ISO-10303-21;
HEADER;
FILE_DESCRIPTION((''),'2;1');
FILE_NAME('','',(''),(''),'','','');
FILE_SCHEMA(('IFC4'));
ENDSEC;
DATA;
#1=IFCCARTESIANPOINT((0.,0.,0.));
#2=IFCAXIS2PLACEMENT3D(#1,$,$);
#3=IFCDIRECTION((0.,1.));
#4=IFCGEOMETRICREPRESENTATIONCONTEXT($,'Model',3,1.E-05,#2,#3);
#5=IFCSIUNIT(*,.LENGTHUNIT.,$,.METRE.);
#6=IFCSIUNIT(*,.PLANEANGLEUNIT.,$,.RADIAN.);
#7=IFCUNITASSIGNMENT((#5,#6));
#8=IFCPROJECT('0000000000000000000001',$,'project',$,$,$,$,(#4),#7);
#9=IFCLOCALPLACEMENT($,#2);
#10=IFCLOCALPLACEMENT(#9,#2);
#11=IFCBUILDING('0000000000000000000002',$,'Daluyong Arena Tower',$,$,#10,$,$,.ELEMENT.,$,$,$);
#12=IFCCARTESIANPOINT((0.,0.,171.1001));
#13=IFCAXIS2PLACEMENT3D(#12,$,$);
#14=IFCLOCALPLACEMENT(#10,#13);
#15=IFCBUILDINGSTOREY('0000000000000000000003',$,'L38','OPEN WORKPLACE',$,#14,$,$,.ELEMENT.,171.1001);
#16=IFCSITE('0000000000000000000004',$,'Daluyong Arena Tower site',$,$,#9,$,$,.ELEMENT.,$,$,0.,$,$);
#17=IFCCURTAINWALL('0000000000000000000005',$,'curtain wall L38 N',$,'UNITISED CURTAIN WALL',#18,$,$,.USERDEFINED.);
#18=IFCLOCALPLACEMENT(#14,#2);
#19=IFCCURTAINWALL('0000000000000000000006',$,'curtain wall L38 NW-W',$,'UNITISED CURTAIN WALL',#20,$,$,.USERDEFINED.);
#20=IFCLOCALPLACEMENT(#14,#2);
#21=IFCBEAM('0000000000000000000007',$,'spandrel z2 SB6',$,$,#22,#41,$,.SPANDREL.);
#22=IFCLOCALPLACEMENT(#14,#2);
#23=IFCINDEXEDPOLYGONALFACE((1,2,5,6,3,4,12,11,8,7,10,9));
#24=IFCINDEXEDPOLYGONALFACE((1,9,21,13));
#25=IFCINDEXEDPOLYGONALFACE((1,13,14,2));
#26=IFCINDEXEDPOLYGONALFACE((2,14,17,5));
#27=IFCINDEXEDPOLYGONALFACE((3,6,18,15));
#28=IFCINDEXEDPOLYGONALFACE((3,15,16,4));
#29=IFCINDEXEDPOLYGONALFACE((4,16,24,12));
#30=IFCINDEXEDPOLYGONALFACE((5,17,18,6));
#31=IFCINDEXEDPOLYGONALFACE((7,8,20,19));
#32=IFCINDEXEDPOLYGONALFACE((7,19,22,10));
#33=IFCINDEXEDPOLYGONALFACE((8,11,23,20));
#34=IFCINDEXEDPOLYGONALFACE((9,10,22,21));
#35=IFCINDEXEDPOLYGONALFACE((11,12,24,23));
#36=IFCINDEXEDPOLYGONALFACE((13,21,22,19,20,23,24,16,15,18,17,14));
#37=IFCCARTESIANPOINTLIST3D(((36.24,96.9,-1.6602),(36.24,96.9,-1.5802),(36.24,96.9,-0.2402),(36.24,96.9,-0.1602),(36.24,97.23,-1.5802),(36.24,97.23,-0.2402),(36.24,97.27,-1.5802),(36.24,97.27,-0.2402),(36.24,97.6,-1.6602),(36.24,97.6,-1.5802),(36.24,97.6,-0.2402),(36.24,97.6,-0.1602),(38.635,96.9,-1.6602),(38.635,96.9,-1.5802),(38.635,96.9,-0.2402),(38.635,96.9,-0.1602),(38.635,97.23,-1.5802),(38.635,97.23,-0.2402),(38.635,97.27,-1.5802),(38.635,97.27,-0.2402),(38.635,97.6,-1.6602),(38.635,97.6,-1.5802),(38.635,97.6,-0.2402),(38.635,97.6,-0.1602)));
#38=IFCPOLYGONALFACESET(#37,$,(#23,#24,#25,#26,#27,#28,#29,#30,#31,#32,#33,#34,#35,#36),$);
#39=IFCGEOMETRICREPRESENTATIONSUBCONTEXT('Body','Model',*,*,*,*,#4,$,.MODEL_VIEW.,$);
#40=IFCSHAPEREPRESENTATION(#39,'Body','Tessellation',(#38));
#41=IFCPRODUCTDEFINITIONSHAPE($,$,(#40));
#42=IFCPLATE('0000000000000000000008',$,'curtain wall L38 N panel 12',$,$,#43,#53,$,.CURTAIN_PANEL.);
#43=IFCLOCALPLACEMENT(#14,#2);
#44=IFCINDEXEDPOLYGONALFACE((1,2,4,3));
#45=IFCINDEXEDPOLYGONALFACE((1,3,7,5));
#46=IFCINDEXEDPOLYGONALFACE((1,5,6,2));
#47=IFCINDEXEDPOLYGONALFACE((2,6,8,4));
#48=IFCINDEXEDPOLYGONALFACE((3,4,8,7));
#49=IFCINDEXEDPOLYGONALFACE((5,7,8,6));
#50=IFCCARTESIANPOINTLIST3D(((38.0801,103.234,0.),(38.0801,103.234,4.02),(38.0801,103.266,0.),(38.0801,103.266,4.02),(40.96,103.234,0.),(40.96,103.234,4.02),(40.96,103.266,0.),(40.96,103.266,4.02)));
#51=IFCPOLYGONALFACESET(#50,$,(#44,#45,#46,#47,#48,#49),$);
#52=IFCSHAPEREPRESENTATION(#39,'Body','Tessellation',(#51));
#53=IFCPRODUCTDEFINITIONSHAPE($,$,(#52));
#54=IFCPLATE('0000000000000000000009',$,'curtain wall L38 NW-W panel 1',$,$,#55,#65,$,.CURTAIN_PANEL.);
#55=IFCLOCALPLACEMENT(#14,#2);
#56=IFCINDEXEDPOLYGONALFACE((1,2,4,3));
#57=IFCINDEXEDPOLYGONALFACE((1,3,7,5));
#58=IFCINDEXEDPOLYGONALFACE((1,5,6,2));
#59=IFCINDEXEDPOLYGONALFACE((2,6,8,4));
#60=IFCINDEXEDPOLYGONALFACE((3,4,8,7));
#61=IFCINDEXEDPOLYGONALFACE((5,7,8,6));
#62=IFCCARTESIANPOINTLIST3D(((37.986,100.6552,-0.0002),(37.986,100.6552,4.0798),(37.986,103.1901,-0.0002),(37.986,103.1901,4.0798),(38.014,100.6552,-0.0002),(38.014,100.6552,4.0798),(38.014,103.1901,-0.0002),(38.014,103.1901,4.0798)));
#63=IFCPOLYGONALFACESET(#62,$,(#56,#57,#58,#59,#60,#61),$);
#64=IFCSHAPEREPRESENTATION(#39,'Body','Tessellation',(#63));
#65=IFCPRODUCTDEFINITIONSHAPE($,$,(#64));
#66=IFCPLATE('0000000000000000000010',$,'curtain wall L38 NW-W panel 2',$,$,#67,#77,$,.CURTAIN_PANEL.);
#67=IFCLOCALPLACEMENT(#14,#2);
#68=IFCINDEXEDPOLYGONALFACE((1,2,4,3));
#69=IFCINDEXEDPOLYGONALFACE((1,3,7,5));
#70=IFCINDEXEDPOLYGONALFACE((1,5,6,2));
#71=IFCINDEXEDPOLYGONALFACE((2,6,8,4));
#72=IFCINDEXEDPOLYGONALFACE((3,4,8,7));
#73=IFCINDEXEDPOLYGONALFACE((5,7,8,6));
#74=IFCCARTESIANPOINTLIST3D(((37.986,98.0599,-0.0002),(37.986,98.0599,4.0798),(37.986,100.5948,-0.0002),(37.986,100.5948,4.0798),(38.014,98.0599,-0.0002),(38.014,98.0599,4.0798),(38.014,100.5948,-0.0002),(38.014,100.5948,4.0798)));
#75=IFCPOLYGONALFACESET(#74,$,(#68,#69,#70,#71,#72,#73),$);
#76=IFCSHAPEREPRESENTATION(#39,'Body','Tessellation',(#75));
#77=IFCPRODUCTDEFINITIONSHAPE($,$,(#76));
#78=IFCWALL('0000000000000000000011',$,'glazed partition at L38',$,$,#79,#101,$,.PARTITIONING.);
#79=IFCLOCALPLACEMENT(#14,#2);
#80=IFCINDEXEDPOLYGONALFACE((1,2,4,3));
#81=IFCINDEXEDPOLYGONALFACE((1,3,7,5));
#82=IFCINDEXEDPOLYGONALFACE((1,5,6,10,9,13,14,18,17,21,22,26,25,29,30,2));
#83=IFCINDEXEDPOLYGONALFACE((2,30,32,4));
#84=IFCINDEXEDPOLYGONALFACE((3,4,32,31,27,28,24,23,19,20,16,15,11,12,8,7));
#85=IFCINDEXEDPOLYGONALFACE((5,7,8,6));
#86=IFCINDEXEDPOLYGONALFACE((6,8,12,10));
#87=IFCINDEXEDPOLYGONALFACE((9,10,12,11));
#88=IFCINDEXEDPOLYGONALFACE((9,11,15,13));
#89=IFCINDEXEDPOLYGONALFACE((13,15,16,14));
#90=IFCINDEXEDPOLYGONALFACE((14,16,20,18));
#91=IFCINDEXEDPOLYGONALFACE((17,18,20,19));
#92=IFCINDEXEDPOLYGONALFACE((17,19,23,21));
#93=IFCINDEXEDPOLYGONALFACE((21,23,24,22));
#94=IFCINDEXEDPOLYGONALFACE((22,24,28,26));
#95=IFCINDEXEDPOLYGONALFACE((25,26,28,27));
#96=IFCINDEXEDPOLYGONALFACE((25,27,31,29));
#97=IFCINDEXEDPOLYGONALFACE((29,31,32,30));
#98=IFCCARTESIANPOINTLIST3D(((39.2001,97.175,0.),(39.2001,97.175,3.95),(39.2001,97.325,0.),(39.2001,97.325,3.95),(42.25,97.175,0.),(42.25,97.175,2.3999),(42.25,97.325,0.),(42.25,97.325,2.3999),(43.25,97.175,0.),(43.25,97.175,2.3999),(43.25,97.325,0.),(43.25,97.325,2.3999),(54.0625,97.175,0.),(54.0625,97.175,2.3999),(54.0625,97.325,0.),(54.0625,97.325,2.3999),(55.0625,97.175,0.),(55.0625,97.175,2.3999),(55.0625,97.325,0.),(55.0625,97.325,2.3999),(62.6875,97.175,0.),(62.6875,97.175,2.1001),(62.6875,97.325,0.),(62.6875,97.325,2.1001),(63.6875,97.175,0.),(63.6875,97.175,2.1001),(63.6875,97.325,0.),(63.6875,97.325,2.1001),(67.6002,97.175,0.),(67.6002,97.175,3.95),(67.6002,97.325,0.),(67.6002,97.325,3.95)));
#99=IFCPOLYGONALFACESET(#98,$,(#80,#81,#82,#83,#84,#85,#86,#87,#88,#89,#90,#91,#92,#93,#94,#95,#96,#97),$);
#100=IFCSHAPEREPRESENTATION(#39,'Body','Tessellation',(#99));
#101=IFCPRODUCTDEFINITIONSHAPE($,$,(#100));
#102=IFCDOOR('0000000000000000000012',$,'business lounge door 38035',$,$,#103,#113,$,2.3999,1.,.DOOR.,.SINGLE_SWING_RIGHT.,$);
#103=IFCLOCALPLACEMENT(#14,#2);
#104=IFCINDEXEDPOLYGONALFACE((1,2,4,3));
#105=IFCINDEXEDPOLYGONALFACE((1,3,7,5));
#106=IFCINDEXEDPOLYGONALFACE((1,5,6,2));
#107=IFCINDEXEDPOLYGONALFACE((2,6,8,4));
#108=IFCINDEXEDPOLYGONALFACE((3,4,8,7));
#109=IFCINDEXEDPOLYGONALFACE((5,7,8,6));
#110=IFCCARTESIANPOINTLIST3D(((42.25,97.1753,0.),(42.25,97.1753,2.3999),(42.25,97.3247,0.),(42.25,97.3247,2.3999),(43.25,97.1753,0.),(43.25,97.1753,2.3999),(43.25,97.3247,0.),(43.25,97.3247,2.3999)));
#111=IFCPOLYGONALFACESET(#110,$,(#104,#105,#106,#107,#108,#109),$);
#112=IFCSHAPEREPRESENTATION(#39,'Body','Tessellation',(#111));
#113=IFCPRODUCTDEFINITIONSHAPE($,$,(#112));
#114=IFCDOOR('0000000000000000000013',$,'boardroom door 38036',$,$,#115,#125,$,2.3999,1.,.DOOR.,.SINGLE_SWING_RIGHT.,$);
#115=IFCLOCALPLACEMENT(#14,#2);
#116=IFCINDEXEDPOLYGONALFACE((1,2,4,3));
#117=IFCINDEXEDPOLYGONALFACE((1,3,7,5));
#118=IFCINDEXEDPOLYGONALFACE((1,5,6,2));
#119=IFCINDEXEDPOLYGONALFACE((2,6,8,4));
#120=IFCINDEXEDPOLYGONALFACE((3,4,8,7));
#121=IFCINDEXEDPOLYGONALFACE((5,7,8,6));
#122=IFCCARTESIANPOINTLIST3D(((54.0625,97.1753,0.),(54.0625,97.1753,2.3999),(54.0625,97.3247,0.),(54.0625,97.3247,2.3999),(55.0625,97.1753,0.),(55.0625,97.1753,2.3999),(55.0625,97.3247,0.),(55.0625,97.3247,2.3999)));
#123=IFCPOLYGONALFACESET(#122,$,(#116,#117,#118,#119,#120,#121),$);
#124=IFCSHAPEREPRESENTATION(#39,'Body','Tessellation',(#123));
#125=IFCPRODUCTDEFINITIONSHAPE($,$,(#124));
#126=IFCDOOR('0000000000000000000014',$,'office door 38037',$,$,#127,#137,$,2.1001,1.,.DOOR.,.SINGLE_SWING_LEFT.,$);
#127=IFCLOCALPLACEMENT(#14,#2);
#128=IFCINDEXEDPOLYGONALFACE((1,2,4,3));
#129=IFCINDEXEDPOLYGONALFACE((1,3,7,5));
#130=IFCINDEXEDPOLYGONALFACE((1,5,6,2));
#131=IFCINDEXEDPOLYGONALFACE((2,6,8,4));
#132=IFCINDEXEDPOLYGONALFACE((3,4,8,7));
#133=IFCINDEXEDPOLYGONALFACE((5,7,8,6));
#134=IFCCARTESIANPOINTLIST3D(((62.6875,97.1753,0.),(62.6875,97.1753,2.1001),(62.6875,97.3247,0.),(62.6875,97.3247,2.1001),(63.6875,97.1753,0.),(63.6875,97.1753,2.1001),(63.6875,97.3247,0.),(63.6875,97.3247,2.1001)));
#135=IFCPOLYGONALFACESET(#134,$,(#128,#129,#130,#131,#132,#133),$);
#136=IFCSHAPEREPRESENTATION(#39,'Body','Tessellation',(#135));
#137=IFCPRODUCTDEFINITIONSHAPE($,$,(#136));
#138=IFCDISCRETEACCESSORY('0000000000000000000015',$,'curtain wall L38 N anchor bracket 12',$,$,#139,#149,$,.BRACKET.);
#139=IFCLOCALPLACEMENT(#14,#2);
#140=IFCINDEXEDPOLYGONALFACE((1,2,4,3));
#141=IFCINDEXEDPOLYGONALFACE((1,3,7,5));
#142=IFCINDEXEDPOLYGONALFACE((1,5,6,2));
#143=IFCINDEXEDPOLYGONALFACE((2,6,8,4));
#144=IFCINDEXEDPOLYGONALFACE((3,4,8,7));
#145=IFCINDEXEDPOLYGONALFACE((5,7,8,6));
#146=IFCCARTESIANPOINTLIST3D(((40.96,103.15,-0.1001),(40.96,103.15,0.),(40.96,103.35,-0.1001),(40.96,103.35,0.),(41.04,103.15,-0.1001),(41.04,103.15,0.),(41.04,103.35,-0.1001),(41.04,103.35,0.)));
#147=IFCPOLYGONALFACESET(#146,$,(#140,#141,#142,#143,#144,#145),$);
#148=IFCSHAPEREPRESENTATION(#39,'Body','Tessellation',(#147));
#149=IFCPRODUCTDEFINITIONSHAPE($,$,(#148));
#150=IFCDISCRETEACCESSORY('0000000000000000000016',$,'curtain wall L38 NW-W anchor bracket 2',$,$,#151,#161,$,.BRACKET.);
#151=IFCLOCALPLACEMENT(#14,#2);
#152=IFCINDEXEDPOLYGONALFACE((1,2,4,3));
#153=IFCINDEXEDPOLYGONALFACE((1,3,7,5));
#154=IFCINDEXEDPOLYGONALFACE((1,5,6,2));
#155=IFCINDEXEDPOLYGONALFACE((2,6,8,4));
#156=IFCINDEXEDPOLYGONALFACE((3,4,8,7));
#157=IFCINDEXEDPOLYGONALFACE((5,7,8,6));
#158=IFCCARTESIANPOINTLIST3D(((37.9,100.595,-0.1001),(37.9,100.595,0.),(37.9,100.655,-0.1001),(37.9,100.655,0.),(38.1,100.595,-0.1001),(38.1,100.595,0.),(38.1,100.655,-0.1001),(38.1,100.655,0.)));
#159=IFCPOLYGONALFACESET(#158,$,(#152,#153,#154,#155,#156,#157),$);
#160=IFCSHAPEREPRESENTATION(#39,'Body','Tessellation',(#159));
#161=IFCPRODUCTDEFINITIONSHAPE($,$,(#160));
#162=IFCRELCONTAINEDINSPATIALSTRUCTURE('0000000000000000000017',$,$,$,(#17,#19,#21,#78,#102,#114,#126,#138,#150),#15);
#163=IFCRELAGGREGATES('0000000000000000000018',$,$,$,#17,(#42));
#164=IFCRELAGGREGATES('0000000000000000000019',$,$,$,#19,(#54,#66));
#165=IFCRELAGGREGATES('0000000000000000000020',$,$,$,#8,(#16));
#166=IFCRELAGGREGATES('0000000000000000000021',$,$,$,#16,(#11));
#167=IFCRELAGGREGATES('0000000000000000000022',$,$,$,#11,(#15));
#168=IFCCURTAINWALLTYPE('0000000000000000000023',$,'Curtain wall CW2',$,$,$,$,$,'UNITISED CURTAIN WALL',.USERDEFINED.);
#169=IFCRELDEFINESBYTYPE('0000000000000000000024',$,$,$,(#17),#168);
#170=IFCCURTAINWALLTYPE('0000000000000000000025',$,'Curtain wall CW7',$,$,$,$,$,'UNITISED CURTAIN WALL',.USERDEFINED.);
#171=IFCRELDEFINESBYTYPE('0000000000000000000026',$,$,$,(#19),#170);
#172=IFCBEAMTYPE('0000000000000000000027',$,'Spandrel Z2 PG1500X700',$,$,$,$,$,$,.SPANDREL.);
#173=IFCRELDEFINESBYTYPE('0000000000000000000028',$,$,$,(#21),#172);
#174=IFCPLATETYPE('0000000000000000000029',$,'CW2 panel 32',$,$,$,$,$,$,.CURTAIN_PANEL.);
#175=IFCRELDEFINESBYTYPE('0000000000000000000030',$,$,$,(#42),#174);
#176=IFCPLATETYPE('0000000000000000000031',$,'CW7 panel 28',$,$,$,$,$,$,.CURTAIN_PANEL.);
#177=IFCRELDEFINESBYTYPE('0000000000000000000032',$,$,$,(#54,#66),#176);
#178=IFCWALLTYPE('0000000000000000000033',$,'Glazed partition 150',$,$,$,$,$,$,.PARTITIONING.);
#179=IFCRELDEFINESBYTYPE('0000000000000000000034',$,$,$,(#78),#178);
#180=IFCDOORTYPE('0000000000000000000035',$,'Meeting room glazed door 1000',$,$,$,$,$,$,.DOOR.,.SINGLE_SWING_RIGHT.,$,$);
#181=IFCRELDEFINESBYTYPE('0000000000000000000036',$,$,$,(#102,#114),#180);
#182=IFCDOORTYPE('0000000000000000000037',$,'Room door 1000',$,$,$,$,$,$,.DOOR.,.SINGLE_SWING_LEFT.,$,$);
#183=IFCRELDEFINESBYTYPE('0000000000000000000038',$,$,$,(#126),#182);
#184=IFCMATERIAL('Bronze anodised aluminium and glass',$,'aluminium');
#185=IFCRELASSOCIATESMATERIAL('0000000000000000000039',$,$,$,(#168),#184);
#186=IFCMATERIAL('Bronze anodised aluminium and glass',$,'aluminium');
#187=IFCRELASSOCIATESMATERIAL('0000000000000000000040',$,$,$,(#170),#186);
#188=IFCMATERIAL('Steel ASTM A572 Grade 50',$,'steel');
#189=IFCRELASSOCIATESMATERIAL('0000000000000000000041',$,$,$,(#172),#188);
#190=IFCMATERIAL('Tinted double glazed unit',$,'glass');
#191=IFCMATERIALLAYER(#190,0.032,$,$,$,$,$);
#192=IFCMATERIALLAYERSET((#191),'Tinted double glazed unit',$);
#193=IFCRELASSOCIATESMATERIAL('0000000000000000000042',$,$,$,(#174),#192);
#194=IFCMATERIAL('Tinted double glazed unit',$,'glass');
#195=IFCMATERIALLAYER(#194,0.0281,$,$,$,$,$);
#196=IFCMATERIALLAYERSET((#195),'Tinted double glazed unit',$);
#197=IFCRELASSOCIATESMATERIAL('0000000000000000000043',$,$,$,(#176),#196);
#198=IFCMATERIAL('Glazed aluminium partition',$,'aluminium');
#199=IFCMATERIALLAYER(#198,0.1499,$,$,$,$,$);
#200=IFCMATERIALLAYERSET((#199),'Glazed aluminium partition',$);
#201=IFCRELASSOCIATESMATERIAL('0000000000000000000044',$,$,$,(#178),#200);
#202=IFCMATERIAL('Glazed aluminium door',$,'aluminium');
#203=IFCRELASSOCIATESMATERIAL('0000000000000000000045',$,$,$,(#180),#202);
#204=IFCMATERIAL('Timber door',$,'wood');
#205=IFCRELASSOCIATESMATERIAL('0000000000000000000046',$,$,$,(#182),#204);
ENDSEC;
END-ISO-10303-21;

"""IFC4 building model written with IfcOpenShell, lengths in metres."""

from ifc_helpers import new_model, si_unit, direction, frame, frame_2d, origin, origin_2d, place, context, subcontext, project, spatial, rectangle, i_section, extrude, material, layer, layer_set, material_profile, profile_set, type_object, element, fill, aggregate, save


model = new_model("IFC4")

# Units and contexts
model_context = context("Model", 3, precision=1e-05, world=origin(), true_north=direction((0.0, 1.0)))
body_context = subcontext(model_context, "Body", "Model", "MODEL_VIEW")
ifc_project = project(units=[si_unit("LENGTHUNIT", "METRE"), si_unit("PLANEANGLEUNIT", "RADIAN")], contexts=[model_context])

# Site, building, storey
site_placement = place(None, origin())
site = spatial("IfcSite", under=ifc_project, at=site_placement, Name="Daluyong Arena Tower site", CompositionType="ELEMENT", RefElevation=0.0)
building_placement = place(site_placement, origin())
building = spatial("IfcBuilding", under=site, at=building_placement, Name="Daluyong Arena Tower", CompositionType="ELEMENT")
storey_placement = place(building_placement, frame((0.0, 0.0, 171.1001)))
storey = spatial("IfcBuildingStorey", under=building, at=storey_placement, Name="L38", Description="OPEN WORKPLACE", CompositionType="ELEMENT", Elevation=171.1001)

# Curtain walls
ifc_material_1 = material(Name="Bronze anodised aluminium and glass", Category="aluminium")
curtain_wall_type_1 = type_object("IfcCurtainWallType", Name="Curtain wall CW2", ElementType="UNITISED CURTAIN WALL", PredefinedType="USERDEFINED", material=ifc_material_1)
curtain_wall_1_placement = place(storey_placement, origin())
curtain_wall_1 = element("IfcCurtainWall", 1, at=curtain_wall_1_placement, inside=storey, type_object=curtain_wall_type_1, Name="curtain wall L38 N", ObjectType="UNITISED CURTAIN WALL", PredefinedType="USERDEFINED")
ifc_material_2 = material(Name="Bronze anodised aluminium and glass", Category="aluminium")
curtain_wall_type_2 = type_object("IfcCurtainWallType", Name="Curtain wall CW7", ElementType="UNITISED CURTAIN WALL", PredefinedType="USERDEFINED", material=ifc_material_2)
curtain_wall_2_placement = place(storey_placement, origin())
curtain_wall_2 = element("IfcCurtainWall", 2, at=curtain_wall_2_placement, inside=storey, type_object=curtain_wall_type_2, Name="curtain wall L38 NW-W", ObjectType="UNITISED CURTAIN WALL", PredefinedType="USERDEFINED")

# Beam
ifc_material_3 = material(Name="Steel ASTM A572 Grade 50", Category="steel")
ifc_material_profile_1 = material_profile(ifc_material_3, i_section(OverallWidth=0.7, OverallDepth=1.5, WebThickness=0.04, FlangeThickness=0.08, at=origin_2d()))
ifc_profile_set_1 = profile_set([ifc_material_profile_1], Name="Steel ASTM A572 Grade 50")
beam_type_1 = type_object("IfcBeamType", Name="Spandrel Z2 PG1500X700", PredefinedType="SPANDREL", material=ifc_profile_set_1)
for number, where, z_axis, x_axis, name in (
    (3, (38.635, 97.25, -0.9102), (-1.0, 0.0, 0.0), (0.0, -1.0, 0.0), "spandrel z2 SB6"),
):
    element("IfcBeam", number, at=place(storey_placement, frame(where, z_axis=z_axis, x_axis=x_axis)), inside=storey, type_object=beam_type_1, Name=name, PredefinedType="SPANDREL", context=body_context, shape_type="SweptSolid", body=[
        extrude(i_section(OverallWidth=0.7, OverallDepth=1.5, WebThickness=0.04, FlangeThickness=0.08, at=origin_2d()), origin(), (0.0, 0.0, 1.0), 2.395),
    ])

# Plates
ifc_material_4 = material(Name="Tinted double glazed unit", Category="glass")
ifc_layer_1 = layer(ifc_material_4, 0.032)
ifc_layer_set_1 = layer_set([ifc_layer_1], Name="Tinted double glazed unit")
plate_type_1 = type_object("IfcPlateType", Name="CW2 panel 32", PredefinedType="CURTAIN_PANEL", material=ifc_layer_set_1)
plate_1_placement = place(storey_placement, frame((39.52, 103.25, 0.0), z_axis=(0.0, 0.0, 1.0), x_axis=(-1.0, 0.0, 0.0)))
plate_1 = element("IfcPlate", 4, at=plate_1_placement, type_object=plate_type_1, Name="curtain wall L38 N panel 12", PredefinedType="CURTAIN_PANEL", context=body_context, shape_type="SweptSolid", body=[
    extrude(rectangle(XDim=2.8799, YDim=0.032, at=origin_2d()), origin(), (0.0, 0.0, 1.0), 4.02),
])
aggregate(curtain_wall_1, [plate_1])
ifc_material_5 = material(Name="Tinted double glazed unit", Category="glass")
ifc_layer_2 = layer(ifc_material_5, 0.0281)
ifc_layer_set_2 = layer_set([ifc_layer_2], Name="Tinted double glazed unit")
plate_type_2 = type_object("IfcPlateType", Name="CW7 panel 28", PredefinedType="CURTAIN_PANEL", material=ifc_layer_set_2)
plate_2_placement = place(storey_placement, frame((38.0, 101.9226, -0.0002), z_axis=(0.0, 0.0, 1.0), x_axis=(0.0, -1.0, 0.0)))
plate_2 = element("IfcPlate", 5, at=plate_2_placement, type_object=plate_type_2, Name="curtain wall L38 NW-W panel 1", PredefinedType="CURTAIN_PANEL", context=body_context, shape_type="SweptSolid", body=[
    extrude(rectangle(XDim=2.5349, YDim=0.0281, at=origin_2d()), origin(), (0.0, 0.0, 1.0), 4.0801),
])
plate_3_placement = place(storey_placement, frame((38.0, 99.3274, -0.0002), z_axis=(0.0, 0.0, 1.0), x_axis=(0.0, -1.0, 0.0)))
plate_3 = element("IfcPlate", 6, at=plate_3_placement, type_object=plate_type_2, Name="curtain wall L38 NW-W panel 2", PredefinedType="CURTAIN_PANEL", context=body_context, shape_type="SweptSolid", body=[
    extrude(rectangle(XDim=2.5349, YDim=0.0281, at=origin_2d()), origin(), (0.0, 0.0, 1.0), 4.0801),
])
aggregate(curtain_wall_2, [plate_2, plate_3])

# Wall, openings, doors
ifc_material_6 = material(Name="Glazed aluminium partition", Category="aluminium")
ifc_layer_3 = layer(ifc_material_6, 0.1499)
ifc_layer_set_3 = layer_set([ifc_layer_3], Name="Glazed aluminium partition")
wall_type = type_object("IfcWallType", Name="Glazed partition 150", PredefinedType="PARTITIONING", material=ifc_layer_set_3)
wall_placement = place(storey_placement, frame((39.2, 97.25, 0.0), z_axis=(0.0, 0.0, 1.0), x_axis=(1.0, 0.0, 0.0)))
wall = element("IfcWall", 7, at=wall_placement, inside=storey, type_object=wall_type, Name="glazed partition at L38", PredefinedType="PARTITIONING", context=body_context, shape_type="SweptSolid", body=[
    extrude(rectangle(XDim=28.4001, YDim=0.1499, at=frame_2d((14.2002, 0.0))), origin(), (0.0, 0.0, 1.0), 3.95),
])
opening_1_placement = place(wall_placement, frame((3.05, 0.0, 0.0)))
opening_1 = element("IfcOpeningElement", 8, at=opening_1_placement, cuts=wall, PredefinedType="OPENING", context=body_context, shape_type="SweptSolid", body=[
    extrude(rectangle(XDim=1.0, YDim=2.3999, at=frame_2d((0.5, 1.2))), frame((0.0, 0.085, 0.0), z_axis=(0.0, -1.0, 0.0), x_axis=(1.0, 0.0, 0.0)), (0.0, 0.0, 1.0), 0.1699),
])
opening_2_placement = place(wall_placement, frame((14.8625, 0.0, 0.0)))
opening_2 = element("IfcOpeningElement", 9, at=opening_2_placement, cuts=wall, PredefinedType="OPENING", context=body_context, shape_type="SweptSolid", body=[
    extrude(rectangle(XDim=1.0, YDim=2.3999, at=frame_2d((0.5, 1.2))), frame((0.0, 0.085, 0.0), z_axis=(0.0, -1.0, 0.0), x_axis=(1.0, 0.0, 0.0)), (0.0, 0.0, 1.0), 0.1699),
])
opening_3_placement = place(wall_placement, frame((23.4875, 0.0, 0.0)))
opening_3 = element("IfcOpeningElement", 10, at=opening_3_placement, cuts=wall, PredefinedType="OPENING", context=body_context, shape_type="SweptSolid", body=[
    extrude(rectangle(XDim=1.0, YDim=2.1001, at=frame_2d((0.5, 1.05))), frame((0.0, 0.085, 0.0), z_axis=(0.0, -1.0, 0.0), x_axis=(1.0, 0.0, 0.0)), (0.0, 0.0, 1.0), 0.1699),
])
ifc_material_7 = material(Name="Glazed aluminium door", Category="aluminium")
door_type_1 = type_object("IfcDoorType", Name="Meeting room glazed door 1000", OperationType="SINGLE_SWING_RIGHT", PredefinedType="DOOR", material=ifc_material_7)
door_1_placement = place(opening_1_placement, origin())
door_1 = element("IfcDoor", 11, at=door_1_placement, inside=storey, type_object=door_type_1, Name="business lounge door 38035", OperationType="SINGLE_SWING_RIGHT", OverallHeight=2.3999, OverallWidth=1.0, PredefinedType="DOOR", context=body_context, shape_type="SweptSolid", body=[
    extrude(rectangle(XDim=1.0, YDim=2.3999, at=frame_2d((0.5, 1.2))), frame((0.0, 0.0747, 0.0), z_axis=(0.0, -1.0, 0.0), x_axis=(1.0, 0.0, 0.0)), (0.0, 0.0, 1.0), 0.1494),
])
fill(opening_1, door_1)
door_2_placement = place(opening_2_placement, origin())
door_2 = element("IfcDoor", 12, at=door_2_placement, inside=storey, type_object=door_type_1, Name="boardroom door 38036", OperationType="SINGLE_SWING_RIGHT", OverallHeight=2.3999, OverallWidth=1.0, PredefinedType="DOOR", context=body_context, shape_type="SweptSolid", body=[
    extrude(rectangle(XDim=1.0, YDim=2.3999, at=frame_2d((0.5, 1.2))), frame((0.0, 0.0747, 0.0), z_axis=(0.0, -1.0, 0.0), x_axis=(1.0, 0.0, 0.0)), (0.0, 0.0, 1.0), 0.1494),
])
fill(opening_2, door_2)
ifc_material_8 = material(Name="Timber door", Category="wood")
door_type_2 = type_object("IfcDoorType", Name="Room door 1000", OperationType="SINGLE_SWING_LEFT", PredefinedType="DOOR", material=ifc_material_8)
door_3_placement = place(opening_3_placement, origin())
door_3 = element("IfcDoor", 13, at=door_3_placement, inside=storey, type_object=door_type_2, Name="office door 38037", OperationType="SINGLE_SWING_LEFT", OverallHeight=2.1001, OverallWidth=1.0, PredefinedType="DOOR", context=body_context, shape_type="SweptSolid", body=[
    extrude(rectangle(XDim=1.0, YDim=2.1001, at=frame_2d((0.5, 1.05))), frame((0.0, 0.0747, 0.0), z_axis=(0.0, -1.0, 0.0), x_axis=(1.0, 0.0, 0.0)), (0.0, 0.0, 1.0), 0.1494),
])
fill(opening_3, door_3)

# Discrete accessories
discrete_accessory_1_placement = place(storey_placement, frame((41.0, 103.25, -0.1001), z_axis=(0.0, 0.0, 1.0), x_axis=(-1.0, 0.0, 0.0)))
element("IfcDiscreteAccessory", 14, at=discrete_accessory_1_placement, inside=storey, Name="curtain wall L38 N anchor bracket 12", PredefinedType="BRACKET", context=body_context, shape_type="SweptSolid", body=[
    extrude(rectangle(XDim=0.0801, YDim=0.2, at=origin_2d()), origin(), (0.0, 0.0, 1.0), 0.1001),
])
discrete_accessory_2_placement = place(storey_placement, frame((38.0, 100.625, -0.1001), z_axis=(0.0, 0.0, 1.0), x_axis=(0.0, -1.0, 0.0)))
element("IfcDiscreteAccessory", 15, at=discrete_accessory_2_placement, inside=storey, Name="curtain wall L38 NW-W anchor bracket 2", PredefinedType="BRACKET", context=body_context, shape_type="SweptSolid", body=[
    extrude(rectangle(XDim=0.0601, YDim=0.2, at=origin_2d()), origin(), (0.0, 0.0, 1.0), 0.1001),
])

save(model, "model.ifc")
